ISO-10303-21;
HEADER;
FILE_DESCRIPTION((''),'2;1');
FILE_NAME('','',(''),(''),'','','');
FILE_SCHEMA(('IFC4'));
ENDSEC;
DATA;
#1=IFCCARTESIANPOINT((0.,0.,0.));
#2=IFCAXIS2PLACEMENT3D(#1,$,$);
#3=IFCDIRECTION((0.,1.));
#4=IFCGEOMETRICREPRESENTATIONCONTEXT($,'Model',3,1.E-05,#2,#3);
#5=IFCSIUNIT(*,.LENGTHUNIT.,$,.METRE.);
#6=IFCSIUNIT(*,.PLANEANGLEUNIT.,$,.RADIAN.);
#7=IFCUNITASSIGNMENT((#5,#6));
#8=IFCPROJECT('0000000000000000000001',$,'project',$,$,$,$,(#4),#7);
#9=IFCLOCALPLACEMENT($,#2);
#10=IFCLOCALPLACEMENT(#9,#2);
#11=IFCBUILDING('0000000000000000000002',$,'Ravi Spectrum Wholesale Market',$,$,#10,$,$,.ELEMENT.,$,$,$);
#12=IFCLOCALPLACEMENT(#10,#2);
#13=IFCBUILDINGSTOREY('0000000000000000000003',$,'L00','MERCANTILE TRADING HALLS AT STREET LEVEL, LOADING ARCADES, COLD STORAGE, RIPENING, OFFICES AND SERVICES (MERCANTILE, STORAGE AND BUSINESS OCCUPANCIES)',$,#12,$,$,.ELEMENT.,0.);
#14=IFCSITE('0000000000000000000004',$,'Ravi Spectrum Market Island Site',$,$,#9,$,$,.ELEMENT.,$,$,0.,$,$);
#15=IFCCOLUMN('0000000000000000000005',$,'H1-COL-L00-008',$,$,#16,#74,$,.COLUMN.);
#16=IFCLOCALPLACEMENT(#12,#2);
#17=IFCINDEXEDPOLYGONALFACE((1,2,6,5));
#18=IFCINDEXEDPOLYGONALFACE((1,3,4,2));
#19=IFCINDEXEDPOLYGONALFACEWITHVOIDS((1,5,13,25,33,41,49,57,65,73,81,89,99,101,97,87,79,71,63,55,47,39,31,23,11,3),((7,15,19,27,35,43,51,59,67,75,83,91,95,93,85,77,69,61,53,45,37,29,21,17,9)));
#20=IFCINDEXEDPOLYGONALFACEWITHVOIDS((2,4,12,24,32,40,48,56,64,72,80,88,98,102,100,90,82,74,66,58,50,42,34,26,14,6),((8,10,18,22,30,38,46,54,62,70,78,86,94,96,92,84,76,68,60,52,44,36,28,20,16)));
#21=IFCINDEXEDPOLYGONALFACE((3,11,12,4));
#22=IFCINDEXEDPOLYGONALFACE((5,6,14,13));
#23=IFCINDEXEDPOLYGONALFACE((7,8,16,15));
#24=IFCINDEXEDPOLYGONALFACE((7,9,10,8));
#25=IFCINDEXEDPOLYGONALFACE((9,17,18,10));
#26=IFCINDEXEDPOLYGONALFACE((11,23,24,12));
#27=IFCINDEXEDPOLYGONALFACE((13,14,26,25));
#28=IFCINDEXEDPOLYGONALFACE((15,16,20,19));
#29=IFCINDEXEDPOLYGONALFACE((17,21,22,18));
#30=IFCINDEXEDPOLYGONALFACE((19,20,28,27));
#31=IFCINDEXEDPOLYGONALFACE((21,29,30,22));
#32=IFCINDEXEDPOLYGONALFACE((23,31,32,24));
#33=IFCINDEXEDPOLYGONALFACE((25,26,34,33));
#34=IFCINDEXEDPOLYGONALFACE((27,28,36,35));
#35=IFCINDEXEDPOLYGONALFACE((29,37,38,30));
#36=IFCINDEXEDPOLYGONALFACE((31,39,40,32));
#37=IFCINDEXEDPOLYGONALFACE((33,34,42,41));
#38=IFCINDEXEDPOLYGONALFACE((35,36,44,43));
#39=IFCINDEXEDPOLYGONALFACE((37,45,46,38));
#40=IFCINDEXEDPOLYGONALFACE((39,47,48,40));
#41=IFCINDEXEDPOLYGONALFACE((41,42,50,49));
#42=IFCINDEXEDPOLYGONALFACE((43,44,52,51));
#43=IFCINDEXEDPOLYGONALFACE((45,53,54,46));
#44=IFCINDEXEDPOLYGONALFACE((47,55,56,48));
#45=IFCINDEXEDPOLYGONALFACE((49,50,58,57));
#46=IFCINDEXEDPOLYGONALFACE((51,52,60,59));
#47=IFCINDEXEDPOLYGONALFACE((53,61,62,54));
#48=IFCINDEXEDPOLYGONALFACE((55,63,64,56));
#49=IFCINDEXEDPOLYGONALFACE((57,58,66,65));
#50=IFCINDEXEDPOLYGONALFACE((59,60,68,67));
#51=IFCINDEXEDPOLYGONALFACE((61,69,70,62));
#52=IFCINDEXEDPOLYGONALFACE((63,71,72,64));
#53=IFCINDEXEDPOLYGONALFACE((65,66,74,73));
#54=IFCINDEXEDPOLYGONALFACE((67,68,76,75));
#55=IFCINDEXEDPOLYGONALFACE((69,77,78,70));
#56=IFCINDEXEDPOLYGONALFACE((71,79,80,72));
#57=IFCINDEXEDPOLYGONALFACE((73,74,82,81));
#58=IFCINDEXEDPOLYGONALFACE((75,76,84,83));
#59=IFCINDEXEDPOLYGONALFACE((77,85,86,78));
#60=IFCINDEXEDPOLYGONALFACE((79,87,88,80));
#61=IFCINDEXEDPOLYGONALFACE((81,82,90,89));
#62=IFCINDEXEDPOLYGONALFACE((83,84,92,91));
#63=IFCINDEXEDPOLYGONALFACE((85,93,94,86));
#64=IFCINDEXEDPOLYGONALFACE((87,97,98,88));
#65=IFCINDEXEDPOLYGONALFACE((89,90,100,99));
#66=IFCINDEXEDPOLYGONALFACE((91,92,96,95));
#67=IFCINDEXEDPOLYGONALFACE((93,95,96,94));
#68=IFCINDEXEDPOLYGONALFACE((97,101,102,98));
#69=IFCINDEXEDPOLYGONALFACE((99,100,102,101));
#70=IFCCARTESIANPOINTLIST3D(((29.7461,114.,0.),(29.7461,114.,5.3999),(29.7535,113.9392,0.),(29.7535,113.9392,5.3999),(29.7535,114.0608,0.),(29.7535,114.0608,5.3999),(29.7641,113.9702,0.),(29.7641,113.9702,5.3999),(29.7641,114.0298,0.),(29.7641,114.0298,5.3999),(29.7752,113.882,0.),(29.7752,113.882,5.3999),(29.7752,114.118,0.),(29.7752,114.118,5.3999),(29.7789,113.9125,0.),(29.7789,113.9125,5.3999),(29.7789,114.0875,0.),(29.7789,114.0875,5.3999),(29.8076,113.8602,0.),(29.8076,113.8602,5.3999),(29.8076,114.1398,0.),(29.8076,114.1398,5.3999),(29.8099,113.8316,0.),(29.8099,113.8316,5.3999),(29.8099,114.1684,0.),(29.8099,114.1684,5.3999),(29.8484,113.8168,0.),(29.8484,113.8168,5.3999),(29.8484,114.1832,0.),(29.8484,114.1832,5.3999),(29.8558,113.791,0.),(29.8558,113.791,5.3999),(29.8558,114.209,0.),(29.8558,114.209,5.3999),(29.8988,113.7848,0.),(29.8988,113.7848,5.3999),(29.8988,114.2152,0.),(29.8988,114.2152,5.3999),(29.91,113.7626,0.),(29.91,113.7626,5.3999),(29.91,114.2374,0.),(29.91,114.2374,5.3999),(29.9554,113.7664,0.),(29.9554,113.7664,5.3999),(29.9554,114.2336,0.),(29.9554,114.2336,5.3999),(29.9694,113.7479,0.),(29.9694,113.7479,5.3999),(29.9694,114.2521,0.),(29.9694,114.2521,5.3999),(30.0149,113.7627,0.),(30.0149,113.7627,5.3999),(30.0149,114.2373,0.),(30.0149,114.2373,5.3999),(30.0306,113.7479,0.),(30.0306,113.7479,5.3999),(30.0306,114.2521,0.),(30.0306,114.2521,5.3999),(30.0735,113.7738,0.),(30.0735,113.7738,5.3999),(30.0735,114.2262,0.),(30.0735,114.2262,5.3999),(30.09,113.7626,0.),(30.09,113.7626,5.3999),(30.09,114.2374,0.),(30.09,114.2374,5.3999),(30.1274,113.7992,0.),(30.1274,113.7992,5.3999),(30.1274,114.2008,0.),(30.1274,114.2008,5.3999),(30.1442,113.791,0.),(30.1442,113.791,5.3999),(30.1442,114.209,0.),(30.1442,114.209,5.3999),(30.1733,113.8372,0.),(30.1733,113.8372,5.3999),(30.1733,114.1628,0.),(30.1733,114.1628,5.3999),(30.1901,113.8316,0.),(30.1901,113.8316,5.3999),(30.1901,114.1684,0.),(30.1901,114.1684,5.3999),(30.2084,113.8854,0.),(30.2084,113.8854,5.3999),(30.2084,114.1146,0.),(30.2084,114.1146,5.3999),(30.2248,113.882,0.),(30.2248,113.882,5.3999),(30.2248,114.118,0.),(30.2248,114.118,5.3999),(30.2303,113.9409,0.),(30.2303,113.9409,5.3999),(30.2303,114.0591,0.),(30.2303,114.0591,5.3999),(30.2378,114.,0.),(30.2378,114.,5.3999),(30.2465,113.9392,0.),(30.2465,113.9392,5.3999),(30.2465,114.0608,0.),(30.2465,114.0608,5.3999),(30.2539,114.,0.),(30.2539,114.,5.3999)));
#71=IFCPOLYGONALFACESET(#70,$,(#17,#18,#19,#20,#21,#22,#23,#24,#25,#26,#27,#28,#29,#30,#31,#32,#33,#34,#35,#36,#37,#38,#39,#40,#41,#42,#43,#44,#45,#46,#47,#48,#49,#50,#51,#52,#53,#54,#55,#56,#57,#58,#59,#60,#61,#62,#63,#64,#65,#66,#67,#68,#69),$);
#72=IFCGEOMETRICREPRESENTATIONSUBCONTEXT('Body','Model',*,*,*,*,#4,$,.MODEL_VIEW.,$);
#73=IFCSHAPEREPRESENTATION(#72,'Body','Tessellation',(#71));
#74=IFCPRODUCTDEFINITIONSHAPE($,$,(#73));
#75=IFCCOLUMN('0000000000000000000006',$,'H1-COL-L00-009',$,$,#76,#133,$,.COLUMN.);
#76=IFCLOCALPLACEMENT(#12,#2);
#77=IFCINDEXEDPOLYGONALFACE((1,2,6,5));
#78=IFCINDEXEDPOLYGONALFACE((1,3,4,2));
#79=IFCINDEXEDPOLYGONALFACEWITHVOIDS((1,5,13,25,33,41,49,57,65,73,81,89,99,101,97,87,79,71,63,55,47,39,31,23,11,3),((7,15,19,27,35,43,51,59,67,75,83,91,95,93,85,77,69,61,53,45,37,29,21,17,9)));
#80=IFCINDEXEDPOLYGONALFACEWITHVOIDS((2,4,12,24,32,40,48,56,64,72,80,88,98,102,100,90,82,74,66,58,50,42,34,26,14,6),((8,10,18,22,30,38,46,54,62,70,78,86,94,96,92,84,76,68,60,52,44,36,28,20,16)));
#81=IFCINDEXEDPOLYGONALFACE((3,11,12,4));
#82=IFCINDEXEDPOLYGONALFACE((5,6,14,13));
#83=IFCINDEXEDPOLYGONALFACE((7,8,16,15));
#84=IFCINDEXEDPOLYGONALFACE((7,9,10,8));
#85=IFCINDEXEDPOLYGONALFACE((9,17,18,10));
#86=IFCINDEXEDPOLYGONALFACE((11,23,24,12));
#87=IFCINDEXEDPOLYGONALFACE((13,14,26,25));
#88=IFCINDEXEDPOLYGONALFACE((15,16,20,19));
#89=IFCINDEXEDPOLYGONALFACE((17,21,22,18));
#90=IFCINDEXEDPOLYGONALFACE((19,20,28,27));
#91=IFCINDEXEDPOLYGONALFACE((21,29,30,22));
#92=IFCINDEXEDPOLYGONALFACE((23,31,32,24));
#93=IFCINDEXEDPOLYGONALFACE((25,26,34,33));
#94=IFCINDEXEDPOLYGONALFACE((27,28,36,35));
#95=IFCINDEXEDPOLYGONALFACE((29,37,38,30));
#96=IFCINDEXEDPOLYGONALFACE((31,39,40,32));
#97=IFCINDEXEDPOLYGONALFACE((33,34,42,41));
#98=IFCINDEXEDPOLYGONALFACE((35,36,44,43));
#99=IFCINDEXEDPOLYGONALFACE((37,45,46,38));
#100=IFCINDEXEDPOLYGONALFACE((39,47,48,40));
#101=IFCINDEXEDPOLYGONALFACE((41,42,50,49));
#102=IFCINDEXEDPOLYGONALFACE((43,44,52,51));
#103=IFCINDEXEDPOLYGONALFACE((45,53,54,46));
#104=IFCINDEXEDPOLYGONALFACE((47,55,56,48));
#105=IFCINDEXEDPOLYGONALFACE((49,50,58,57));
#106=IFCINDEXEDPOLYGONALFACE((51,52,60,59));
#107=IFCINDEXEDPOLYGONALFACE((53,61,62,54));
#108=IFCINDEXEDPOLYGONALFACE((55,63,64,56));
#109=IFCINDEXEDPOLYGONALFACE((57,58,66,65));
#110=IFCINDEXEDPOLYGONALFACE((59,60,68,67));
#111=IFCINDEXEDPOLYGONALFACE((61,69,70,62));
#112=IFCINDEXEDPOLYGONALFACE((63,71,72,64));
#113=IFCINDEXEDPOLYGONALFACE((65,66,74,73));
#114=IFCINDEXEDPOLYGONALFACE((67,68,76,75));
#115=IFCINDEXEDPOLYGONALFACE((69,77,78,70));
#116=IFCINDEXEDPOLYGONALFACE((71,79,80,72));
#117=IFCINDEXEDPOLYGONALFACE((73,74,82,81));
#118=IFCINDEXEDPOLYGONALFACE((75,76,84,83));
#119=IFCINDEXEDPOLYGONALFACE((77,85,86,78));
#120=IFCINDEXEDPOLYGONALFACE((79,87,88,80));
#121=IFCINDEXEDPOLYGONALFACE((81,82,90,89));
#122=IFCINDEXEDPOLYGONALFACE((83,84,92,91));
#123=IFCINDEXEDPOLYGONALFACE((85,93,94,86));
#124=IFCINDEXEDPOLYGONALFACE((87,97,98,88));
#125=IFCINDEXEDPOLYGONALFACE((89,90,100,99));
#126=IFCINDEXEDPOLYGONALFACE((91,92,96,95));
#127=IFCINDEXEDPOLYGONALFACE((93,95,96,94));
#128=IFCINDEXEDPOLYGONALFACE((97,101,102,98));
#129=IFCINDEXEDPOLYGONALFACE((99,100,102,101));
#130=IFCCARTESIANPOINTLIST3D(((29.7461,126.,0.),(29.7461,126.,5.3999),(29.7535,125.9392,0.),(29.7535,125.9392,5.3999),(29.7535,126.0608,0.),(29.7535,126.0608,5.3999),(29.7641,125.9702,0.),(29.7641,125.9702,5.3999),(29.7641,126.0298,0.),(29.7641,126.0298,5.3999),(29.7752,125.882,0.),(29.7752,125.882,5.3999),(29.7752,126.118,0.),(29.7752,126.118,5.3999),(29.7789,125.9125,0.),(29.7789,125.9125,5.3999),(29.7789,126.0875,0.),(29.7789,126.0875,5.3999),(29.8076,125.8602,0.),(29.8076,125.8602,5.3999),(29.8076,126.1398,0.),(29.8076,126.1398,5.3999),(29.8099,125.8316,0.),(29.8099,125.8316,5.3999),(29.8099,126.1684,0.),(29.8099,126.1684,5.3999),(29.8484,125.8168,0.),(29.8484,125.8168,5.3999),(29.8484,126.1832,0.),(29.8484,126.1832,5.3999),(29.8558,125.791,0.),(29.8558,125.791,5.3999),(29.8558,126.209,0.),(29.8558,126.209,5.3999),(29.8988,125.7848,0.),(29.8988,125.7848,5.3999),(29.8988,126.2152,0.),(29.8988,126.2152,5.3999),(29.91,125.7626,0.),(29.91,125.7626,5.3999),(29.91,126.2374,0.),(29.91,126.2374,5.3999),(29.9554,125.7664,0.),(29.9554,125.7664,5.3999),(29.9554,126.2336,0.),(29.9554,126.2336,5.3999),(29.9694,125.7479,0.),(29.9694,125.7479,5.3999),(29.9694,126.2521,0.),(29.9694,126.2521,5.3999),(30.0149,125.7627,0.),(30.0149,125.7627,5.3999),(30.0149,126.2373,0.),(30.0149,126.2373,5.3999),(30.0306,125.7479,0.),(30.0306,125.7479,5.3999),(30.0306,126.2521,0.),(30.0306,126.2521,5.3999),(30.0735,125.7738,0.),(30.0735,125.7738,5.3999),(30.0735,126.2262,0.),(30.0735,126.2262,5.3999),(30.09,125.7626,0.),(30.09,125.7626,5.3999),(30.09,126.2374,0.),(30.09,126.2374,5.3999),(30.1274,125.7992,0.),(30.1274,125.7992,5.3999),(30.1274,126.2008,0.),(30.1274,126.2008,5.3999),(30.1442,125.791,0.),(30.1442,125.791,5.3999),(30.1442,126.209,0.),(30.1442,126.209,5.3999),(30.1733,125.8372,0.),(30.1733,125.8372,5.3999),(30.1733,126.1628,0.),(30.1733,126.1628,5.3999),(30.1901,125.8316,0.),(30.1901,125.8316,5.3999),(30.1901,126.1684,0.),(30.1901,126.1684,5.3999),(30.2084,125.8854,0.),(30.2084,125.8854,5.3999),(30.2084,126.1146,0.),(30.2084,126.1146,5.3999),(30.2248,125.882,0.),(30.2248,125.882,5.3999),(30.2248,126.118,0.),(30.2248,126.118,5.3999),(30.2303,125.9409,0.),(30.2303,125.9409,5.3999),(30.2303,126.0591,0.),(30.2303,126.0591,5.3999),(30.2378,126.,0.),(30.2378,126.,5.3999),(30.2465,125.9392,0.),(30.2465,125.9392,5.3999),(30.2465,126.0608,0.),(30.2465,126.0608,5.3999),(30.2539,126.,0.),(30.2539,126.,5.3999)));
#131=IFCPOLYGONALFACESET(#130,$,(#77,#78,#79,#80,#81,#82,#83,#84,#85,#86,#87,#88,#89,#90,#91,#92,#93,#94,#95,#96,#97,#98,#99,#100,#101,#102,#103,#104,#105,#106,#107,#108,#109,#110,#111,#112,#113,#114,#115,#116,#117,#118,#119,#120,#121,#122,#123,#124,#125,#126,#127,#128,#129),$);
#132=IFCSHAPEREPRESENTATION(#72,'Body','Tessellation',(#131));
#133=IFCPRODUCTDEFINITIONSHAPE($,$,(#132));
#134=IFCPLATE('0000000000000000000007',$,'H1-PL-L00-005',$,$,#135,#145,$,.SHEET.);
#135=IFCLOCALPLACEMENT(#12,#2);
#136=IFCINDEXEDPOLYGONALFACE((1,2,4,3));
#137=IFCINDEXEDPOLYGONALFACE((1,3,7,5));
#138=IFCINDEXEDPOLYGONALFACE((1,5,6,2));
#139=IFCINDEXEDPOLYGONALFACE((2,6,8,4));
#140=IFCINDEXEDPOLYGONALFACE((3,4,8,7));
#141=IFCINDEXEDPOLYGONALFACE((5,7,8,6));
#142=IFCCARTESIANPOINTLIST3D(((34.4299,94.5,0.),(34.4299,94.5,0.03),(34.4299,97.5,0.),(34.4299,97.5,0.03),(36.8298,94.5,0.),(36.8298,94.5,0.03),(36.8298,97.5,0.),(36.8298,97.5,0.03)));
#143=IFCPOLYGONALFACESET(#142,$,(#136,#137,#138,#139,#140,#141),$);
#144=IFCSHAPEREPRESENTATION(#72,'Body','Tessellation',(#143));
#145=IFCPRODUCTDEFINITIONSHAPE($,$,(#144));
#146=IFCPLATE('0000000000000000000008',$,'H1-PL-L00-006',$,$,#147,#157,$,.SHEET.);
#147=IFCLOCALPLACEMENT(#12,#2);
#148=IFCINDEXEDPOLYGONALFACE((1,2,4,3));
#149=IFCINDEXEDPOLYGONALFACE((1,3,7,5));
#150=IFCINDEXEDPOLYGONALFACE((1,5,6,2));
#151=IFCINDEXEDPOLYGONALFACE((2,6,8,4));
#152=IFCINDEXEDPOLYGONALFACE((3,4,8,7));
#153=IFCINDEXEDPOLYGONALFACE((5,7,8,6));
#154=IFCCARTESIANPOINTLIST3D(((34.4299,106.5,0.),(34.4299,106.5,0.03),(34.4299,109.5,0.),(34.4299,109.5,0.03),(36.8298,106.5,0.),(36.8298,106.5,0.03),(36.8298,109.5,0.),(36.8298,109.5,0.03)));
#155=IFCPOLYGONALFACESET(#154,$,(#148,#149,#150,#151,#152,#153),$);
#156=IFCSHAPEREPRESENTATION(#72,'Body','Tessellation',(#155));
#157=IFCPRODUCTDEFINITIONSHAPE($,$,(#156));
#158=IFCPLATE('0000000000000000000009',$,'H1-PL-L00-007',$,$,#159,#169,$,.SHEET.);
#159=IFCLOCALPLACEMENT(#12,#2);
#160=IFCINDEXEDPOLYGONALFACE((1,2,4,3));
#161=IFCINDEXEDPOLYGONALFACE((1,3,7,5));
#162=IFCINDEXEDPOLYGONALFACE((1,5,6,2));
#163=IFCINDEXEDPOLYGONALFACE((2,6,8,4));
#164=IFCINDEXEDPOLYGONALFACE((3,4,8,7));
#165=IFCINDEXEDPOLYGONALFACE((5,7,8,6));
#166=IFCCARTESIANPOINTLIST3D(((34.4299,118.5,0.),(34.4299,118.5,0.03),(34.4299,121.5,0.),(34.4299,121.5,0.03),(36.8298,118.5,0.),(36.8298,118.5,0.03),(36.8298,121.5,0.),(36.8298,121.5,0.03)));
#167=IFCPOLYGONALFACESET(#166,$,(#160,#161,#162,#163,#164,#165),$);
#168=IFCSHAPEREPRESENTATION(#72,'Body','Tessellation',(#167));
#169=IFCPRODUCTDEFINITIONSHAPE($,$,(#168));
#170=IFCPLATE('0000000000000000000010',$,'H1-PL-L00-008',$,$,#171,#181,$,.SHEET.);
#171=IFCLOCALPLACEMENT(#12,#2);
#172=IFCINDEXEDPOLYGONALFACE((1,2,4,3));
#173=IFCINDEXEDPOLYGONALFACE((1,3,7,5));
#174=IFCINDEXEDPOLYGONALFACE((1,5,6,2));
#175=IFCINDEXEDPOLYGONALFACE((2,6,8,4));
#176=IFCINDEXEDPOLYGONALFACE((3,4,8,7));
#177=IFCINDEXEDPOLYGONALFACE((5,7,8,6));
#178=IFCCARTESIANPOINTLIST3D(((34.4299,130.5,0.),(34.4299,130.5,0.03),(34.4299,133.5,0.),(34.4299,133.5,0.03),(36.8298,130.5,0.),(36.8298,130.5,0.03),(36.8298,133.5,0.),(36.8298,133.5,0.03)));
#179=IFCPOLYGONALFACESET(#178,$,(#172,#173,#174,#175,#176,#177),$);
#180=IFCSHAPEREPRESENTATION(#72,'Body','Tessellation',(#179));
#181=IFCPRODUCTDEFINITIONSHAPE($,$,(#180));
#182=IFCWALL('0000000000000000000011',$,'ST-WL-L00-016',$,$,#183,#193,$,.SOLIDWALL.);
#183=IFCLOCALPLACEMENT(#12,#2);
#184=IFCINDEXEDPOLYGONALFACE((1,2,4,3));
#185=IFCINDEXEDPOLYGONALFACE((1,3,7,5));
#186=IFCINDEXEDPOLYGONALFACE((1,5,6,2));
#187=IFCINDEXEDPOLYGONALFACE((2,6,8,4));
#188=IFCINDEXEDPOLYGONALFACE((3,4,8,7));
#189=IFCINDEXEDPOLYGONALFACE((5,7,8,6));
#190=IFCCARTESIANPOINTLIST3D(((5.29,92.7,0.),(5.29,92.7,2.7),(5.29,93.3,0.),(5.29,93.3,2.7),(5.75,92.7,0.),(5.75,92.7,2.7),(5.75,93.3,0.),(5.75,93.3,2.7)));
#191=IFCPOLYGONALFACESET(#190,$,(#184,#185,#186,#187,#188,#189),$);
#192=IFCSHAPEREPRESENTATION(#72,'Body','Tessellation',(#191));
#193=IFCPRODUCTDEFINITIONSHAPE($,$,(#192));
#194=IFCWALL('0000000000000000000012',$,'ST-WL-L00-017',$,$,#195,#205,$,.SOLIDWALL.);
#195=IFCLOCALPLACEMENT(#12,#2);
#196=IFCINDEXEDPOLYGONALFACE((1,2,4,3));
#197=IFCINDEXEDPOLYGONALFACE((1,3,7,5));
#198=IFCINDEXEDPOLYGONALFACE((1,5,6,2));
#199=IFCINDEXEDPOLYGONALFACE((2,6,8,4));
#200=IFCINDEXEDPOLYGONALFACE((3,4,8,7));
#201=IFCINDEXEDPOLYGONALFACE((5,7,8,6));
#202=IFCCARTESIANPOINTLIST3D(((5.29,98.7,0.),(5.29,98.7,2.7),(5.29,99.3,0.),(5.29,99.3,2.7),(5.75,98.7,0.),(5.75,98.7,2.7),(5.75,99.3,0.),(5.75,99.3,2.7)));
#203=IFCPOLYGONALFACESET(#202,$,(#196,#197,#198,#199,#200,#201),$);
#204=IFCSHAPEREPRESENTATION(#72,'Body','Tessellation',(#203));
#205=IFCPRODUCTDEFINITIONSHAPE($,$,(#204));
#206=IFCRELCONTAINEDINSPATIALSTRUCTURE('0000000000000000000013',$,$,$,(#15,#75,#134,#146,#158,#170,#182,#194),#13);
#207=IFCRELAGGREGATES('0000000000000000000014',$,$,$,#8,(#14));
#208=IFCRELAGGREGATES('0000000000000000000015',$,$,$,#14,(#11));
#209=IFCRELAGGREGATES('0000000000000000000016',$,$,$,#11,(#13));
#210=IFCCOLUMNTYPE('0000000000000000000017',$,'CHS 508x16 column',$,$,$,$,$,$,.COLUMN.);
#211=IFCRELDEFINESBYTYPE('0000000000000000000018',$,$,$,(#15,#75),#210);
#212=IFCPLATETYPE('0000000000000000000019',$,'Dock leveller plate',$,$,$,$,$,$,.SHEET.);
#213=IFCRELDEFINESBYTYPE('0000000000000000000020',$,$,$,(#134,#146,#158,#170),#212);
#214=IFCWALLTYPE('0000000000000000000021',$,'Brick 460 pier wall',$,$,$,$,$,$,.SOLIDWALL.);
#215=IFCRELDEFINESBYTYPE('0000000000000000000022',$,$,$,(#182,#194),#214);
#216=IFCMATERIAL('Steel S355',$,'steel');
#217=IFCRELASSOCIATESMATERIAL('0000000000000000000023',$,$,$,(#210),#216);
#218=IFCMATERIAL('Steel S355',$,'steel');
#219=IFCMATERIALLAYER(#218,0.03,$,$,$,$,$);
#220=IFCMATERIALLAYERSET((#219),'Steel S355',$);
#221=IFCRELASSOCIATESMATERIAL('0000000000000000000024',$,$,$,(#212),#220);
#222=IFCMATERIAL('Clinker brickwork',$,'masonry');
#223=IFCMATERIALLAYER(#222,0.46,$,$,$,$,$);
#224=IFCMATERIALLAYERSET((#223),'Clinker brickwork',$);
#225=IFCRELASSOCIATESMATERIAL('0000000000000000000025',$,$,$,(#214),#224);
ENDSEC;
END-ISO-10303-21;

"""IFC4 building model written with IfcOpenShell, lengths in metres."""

from ifc_helpers import new_model, si_unit, direction, frame, frame_2d, origin, origin_2d, place, context, subcontext, project, spatial, rectangle, hollow_circle, extrude, material, layer, layer_set, material_profile, profile_set, type_object, element, save


model = new_model("IFC4")

# Units and contexts
model_context = context("Model", 3, precision=1e-05, world=origin(), true_north=direction((0.0, 1.0)))
body_context = subcontext(model_context, "Body", "Model", "MODEL_VIEW")
ifc_project = project(units=[si_unit("LENGTHUNIT", "METRE"), si_unit("PLANEANGLEUNIT", "RADIAN")], contexts=[model_context])

# Site, building, storey
site_placement = place(None, origin())
site = spatial("IfcSite", under=ifc_project, at=site_placement, Name="Ravi Spectrum Market Island Site", CompositionType="ELEMENT", RefElevation=0.0)
building_placement = place(site_placement, origin())
building = spatial("IfcBuilding", under=site, at=building_placement, Name="Ravi Spectrum Wholesale Market", CompositionType="ELEMENT")
storey_placement = place(building_placement, origin())
storey = spatial("IfcBuildingStorey", under=building, at=storey_placement, Name="L00", Description="MERCANTILE TRADING HALLS AT STREET LEVEL, LOADING ARCADES, COLD STORAGE, RIPENING, OFFICES AND SERVICES (MERCANTILE, STORAGE AND BUSINESS OCCUPANCIES)", CompositionType="ELEMENT", Elevation=0.0)

# Columns
ifc_material_1 = material(Name="Steel S355", Category="steel")
ifc_material_profile = material_profile(ifc_material_1, hollow_circle(Radius=0.2539, WallThickness=0.0161, at=origin_2d()))
ifc_profile_set = profile_set([ifc_material_profile], Name="Steel S355")
column_type = type_object("IfcColumnType", Name="CHS 508x16 column", PredefinedType="COLUMN", material=ifc_profile_set)
for number, where, z_axis, x_axis, name in (
    (1, (30.0, 114.0, 0.0), (0.0, 0.0, 1.0), (1.0, 0.0, 0.0), "H1-COL-L00-008"),
    (2, (30.0, 126.0, 0.0), (0.0, 0.0, 1.0), (1.0, 0.0, 0.0), "H1-COL-L00-009"),
):
    element("IfcColumn", number, at=place(storey_placement, frame(where, z_axis=z_axis, x_axis=x_axis)), inside=storey, type_object=column_type, Name=name, PredefinedType="COLUMN", context=body_context, shape_type="SweptSolid", body=[
        extrude(hollow_circle(Radius=0.2539, WallThickness=0.0161, at=origin_2d()), origin(), (0.0, 0.0, 1.0), 5.3999),
    ])

# Plates
ifc_material_2 = material(Name="Steel S355", Category="steel")
ifc_layer_1 = layer(ifc_material_2, 0.03)
ifc_layer_set_1 = layer_set([ifc_layer_1], Name="Steel S355")
plate_type = type_object("IfcPlateType", Name="Dock leveller plate", PredefinedType="SHEET", material=ifc_layer_set_1)
for number, where, z_axis, x_axis, name in (
    (3, (35.6299, 96.0, 0.0), (0.0, 0.0, 1.0), (1.0, 0.0, 0.0), "H1-PL-L00-005"),
    (4, (35.6299, 108.0, 0.0), (0.0, 0.0, 1.0), (1.0, 0.0, 0.0), "H1-PL-L00-006"),
    (5, (35.6299, 120.0, 0.0), (0.0, 0.0, 1.0), (1.0, 0.0, 0.0), "H1-PL-L00-007"),
    (6, (35.6299, 132.0, 0.0), (0.0, 0.0, 1.0), (1.0, 0.0, 0.0), "H1-PL-L00-008"),
):
    element("IfcPlate", number, at=place(storey_placement, frame(where, z_axis=z_axis, x_axis=x_axis)), inside=storey, type_object=plate_type, Name=name, PredefinedType="SHEET", context=body_context, shape_type="SweptSolid", body=[
        extrude(rectangle(XDim=2.3999, YDim=3.0, at=origin_2d()), origin(), (0.0, 0.0, 1.0), 0.03),
    ])

# Walls
ifc_material_3 = material(Name="Clinker brickwork", Category="masonry")
ifc_layer_2 = layer(ifc_material_3, 0.46)
ifc_layer_set_2 = layer_set([ifc_layer_2], Name="Clinker brickwork")
wall_type = type_object("IfcWallType", Name="Brick 460 pier wall", PredefinedType="SOLIDWALL", material=ifc_layer_set_2)
for number, where, z_axis, x_axis, name in (
    (7, (5.52, 92.7, 0.0), (0.0, 0.0, 1.0), (0.0, 1.0, 0.0), "ST-WL-L00-016"),
    (8, (5.52, 98.7, 0.0), (0.0, 0.0, 1.0), (0.0, 1.0, 0.0), "ST-WL-L00-017"),
):
    element("IfcWall", number, at=place(storey_placement, frame(where, z_axis=z_axis, x_axis=x_axis)), inside=storey, type_object=wall_type, Name=name, PredefinedType="SOLIDWALL", context=body_context, shape_type="SweptSolid", body=[
        extrude(rectangle(XDim=0.6001, YDim=0.46, at=frame_2d((0.3, 0.0))), origin(), (0.0, 0.0, 1.0), 2.7),
    ])

save(model, "model.ifc")
